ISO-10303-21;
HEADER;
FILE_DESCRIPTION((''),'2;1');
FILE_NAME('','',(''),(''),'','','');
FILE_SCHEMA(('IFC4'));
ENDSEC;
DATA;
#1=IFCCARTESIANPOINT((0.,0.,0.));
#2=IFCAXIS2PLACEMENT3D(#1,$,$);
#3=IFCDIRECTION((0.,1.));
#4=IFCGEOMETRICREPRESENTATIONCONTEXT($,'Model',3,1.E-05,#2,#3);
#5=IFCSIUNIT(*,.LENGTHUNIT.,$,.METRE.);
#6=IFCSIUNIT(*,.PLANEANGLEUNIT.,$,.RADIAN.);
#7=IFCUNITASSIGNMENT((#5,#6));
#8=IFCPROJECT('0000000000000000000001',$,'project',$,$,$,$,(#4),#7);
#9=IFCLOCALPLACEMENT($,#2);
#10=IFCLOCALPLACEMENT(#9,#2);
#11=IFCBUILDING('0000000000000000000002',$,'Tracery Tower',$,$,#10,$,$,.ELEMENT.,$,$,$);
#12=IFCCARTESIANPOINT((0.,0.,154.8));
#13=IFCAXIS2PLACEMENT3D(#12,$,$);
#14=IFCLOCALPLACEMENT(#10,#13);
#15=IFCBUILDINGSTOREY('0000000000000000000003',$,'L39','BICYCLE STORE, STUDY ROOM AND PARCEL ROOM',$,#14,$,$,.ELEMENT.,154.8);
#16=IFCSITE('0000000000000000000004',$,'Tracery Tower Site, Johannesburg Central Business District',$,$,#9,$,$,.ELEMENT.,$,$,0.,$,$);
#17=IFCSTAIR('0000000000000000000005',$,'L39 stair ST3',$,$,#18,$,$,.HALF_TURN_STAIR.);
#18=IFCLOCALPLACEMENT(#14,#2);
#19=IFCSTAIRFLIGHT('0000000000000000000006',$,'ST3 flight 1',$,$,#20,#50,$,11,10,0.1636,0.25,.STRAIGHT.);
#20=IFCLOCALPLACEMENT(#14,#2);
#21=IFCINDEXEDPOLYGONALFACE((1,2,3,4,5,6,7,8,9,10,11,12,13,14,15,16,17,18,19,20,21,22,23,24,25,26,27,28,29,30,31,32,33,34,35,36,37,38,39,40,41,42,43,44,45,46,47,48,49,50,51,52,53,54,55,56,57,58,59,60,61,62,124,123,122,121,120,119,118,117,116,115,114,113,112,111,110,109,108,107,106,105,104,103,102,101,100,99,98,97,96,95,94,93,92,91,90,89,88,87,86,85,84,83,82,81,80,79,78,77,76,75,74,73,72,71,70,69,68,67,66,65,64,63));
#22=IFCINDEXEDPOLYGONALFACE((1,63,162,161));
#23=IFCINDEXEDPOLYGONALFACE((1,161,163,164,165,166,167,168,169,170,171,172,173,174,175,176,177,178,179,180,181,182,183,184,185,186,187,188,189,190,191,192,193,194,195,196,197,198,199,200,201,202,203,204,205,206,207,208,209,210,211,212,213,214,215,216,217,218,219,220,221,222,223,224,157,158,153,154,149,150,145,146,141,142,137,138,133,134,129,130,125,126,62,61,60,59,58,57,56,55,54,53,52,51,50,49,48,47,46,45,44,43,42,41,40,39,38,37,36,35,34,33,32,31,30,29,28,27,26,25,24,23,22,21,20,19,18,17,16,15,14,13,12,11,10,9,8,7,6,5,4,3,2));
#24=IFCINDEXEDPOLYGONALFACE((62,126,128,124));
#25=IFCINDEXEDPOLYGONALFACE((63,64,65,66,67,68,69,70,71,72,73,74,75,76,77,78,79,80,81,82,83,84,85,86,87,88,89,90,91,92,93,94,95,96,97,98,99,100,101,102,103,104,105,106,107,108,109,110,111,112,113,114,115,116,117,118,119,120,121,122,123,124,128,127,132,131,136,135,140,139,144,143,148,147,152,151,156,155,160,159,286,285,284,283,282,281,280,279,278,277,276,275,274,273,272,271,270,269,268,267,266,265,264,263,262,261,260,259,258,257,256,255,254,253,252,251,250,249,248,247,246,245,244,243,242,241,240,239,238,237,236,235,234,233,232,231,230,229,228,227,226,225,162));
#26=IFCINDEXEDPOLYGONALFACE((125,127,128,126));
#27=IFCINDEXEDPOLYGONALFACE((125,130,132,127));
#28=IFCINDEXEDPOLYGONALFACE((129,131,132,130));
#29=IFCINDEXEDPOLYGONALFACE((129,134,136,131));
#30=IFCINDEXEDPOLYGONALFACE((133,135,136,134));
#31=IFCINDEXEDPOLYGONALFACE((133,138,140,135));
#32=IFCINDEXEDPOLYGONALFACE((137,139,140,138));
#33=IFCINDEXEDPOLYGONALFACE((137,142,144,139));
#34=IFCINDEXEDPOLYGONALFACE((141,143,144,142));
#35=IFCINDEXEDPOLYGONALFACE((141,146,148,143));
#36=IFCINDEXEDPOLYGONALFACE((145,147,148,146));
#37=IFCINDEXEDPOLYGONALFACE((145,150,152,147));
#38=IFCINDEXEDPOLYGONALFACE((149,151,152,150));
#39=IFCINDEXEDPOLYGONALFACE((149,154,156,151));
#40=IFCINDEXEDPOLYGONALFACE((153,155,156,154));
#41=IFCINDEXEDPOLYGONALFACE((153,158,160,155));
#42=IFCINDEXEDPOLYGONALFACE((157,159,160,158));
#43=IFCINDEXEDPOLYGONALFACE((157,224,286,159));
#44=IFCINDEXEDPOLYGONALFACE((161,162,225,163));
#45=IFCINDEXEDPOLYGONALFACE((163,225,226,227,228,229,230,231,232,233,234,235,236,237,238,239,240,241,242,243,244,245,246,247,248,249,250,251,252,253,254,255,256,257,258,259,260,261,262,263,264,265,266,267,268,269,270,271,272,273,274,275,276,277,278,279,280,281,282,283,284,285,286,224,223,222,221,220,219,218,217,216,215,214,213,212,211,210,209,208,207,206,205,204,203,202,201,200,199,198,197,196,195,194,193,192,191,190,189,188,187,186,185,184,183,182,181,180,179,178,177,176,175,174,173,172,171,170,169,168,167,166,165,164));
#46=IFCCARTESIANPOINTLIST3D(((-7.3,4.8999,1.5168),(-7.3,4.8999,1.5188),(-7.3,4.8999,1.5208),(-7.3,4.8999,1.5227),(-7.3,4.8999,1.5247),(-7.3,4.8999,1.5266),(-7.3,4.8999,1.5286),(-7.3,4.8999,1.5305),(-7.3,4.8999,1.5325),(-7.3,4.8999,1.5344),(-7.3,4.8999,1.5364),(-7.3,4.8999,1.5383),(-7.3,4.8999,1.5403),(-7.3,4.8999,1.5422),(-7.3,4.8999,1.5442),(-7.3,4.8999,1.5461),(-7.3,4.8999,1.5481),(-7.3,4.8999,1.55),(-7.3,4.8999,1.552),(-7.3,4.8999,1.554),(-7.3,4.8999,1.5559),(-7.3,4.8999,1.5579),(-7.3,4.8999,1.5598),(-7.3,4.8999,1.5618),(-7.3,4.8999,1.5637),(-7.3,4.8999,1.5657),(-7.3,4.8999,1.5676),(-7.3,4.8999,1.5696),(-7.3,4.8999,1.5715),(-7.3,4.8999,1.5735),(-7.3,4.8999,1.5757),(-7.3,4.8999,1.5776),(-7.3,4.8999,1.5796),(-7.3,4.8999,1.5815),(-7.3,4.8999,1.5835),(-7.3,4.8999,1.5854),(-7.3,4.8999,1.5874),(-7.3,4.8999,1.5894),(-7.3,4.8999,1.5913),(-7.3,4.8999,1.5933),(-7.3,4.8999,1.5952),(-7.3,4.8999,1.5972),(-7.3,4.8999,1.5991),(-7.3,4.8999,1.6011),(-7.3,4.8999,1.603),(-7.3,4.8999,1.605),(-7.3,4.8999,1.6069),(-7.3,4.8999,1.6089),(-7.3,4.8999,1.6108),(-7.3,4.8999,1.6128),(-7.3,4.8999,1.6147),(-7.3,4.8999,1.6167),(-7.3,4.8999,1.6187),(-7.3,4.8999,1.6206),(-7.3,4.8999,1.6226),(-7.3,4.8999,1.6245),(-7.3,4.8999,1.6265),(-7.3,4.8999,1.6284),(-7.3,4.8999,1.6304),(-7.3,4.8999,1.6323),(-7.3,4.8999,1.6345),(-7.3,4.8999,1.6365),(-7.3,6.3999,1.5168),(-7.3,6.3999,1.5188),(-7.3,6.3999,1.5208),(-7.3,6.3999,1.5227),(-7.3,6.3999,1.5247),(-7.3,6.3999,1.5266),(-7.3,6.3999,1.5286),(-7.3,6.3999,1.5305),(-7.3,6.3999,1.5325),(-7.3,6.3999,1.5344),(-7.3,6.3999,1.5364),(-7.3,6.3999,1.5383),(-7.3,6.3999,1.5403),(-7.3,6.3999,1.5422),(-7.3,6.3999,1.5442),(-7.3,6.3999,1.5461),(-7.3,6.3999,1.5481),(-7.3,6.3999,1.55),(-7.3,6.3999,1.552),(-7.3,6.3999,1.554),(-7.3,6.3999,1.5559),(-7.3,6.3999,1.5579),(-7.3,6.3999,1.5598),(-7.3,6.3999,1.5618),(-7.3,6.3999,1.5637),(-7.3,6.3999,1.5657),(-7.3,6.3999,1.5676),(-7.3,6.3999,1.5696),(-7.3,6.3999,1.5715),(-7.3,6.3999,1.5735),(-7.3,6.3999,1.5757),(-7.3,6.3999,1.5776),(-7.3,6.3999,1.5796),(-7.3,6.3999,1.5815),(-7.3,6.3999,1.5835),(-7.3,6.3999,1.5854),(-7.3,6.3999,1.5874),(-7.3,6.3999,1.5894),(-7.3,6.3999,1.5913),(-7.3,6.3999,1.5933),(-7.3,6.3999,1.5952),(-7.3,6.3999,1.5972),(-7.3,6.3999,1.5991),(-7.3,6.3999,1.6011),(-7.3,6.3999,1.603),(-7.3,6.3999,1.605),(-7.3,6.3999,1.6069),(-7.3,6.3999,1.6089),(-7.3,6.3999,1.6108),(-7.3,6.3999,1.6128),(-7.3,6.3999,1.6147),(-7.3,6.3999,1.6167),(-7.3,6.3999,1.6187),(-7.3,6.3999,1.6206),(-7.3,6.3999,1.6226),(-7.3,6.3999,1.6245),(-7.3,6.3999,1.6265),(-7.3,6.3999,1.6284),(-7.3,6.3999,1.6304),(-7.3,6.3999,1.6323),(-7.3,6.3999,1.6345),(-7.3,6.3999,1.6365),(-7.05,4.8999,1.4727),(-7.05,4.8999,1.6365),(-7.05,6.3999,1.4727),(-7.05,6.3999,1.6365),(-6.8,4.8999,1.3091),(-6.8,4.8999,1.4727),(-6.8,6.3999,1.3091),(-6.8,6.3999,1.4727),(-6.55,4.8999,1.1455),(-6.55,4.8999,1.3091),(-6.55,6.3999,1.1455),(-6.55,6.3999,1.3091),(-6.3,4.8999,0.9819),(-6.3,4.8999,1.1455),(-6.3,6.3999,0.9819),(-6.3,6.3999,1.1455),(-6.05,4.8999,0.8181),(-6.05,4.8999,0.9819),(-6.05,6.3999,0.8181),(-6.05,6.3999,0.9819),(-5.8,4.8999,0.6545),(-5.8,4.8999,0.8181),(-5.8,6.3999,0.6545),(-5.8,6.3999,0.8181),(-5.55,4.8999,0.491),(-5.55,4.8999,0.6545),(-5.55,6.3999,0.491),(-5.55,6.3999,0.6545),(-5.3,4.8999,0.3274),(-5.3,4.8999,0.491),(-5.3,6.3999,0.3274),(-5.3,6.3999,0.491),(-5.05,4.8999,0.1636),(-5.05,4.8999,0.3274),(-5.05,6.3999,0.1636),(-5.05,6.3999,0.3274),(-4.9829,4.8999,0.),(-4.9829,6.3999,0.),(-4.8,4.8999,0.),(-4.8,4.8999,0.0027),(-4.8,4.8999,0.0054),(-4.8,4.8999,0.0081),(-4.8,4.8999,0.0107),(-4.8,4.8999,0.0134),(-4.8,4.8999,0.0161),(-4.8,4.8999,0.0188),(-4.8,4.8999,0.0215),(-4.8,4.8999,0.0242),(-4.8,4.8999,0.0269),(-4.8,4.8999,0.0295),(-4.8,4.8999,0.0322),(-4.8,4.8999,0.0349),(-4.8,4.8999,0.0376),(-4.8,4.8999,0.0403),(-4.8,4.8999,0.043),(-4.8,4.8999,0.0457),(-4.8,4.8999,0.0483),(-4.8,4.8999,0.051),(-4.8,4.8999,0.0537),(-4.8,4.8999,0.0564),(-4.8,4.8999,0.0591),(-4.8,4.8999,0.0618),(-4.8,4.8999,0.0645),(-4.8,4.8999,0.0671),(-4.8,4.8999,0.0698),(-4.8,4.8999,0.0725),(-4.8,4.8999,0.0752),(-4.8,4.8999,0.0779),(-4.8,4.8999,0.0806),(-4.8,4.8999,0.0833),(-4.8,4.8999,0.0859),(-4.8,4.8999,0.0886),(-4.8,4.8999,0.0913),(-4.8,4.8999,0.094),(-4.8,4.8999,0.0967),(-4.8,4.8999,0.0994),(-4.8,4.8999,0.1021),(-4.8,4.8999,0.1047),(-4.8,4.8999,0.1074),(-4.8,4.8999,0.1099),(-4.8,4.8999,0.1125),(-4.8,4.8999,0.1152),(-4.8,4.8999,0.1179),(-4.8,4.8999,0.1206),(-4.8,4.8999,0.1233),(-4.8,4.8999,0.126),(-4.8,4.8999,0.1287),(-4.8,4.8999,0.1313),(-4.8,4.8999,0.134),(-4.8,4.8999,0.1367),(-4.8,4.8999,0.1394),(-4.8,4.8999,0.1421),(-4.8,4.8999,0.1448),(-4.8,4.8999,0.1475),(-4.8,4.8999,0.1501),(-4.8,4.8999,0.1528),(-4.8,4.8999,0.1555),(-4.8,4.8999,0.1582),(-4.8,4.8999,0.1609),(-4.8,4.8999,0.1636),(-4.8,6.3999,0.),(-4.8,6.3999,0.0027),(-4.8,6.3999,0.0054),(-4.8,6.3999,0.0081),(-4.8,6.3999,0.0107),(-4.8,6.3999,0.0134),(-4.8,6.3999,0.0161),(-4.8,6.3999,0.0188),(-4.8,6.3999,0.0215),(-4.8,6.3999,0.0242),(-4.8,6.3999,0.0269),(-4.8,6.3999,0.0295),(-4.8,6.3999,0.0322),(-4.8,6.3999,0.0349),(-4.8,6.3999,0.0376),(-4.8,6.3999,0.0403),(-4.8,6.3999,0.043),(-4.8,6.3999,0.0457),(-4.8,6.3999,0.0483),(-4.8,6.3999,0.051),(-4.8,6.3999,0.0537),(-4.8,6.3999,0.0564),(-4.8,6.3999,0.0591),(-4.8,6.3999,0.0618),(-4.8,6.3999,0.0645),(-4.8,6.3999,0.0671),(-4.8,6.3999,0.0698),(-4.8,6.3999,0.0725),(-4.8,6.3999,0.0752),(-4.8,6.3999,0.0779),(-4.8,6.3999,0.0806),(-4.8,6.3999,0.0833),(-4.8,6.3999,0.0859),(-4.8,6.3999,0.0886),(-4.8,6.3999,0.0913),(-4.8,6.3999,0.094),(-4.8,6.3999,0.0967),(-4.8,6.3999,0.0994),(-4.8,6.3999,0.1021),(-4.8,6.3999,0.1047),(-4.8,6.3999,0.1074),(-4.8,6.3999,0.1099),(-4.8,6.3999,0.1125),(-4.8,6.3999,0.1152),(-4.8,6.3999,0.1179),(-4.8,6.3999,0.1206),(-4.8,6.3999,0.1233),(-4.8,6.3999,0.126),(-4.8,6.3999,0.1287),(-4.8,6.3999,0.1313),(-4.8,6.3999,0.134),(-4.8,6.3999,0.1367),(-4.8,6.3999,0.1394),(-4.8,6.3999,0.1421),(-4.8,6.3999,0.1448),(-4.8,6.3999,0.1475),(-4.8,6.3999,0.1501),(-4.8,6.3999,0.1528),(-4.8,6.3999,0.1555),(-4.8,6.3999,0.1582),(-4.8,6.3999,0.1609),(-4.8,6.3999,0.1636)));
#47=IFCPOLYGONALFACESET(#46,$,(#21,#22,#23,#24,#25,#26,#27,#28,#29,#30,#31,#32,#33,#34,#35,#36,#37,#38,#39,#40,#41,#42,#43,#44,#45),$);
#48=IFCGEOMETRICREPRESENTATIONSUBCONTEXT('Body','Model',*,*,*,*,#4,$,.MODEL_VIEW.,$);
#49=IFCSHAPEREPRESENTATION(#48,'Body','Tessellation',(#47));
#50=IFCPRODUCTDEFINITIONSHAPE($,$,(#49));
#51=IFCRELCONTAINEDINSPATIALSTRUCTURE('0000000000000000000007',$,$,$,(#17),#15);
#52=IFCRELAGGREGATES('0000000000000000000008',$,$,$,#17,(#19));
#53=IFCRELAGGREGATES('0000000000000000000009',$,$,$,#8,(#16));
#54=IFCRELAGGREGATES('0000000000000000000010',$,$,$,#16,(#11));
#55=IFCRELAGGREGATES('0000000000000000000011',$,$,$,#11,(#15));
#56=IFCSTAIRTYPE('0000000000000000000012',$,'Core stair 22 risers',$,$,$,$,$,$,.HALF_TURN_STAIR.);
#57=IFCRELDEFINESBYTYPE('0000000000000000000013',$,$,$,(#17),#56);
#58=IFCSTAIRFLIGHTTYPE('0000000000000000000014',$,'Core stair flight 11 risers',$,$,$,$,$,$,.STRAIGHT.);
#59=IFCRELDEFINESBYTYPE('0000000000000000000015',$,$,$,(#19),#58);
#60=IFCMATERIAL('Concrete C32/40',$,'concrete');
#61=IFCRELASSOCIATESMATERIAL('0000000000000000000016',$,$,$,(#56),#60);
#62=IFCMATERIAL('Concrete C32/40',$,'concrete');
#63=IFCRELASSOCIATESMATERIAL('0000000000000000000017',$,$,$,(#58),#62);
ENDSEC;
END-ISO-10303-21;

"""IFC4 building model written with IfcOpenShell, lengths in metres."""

from ifc_helpers import new_model, si_unit, direction, frame, origin, place, context, subcontext, project, spatial, polyline, outline, extrude, material, type_object, element, aggregate, save


model = new_model("IFC4")

# Units and contexts
model_context = context("Model", 3, precision=1e-05, world=origin(), true_north=direction((0.0, 1.0)))
body_context = subcontext(model_context, "Body", "Model", "MODEL_VIEW")
ifc_project = project(units=[si_unit("LENGTHUNIT", "METRE"), si_unit("PLANEANGLEUNIT", "RADIAN")], contexts=[model_context])

# Site, building, storey
site_placement = place(None, origin())
site = spatial("IfcSite", under=ifc_project, at=site_placement, Name="Tracery Tower Site, Johannesburg Central Business District", CompositionType="ELEMENT", RefElevation=0.0)
building_placement = place(site_placement, origin())
building = spatial("IfcBuilding", under=site, at=building_placement, Name="Tracery Tower", CompositionType="ELEMENT")
storey_placement = place(building_placement, frame((0.0, 0.0, 154.8)))
storey = spatial("IfcBuildingStorey", under=building, at=storey_placement, Name="L39", Description="BICYCLE STORE, STUDY ROOM AND PARCEL ROOM", CompositionType="ELEMENT", Elevation=154.8)

# Stair, stair flight
ifc_material_1 = material(Name="Concrete C32/40", Category="concrete")
stair_type = type_object("IfcStairType", Name="Core stair 22 risers", PredefinedType="HALF_TURN_STAIR", material=ifc_material_1)
stair_placement = place(storey_placement, origin())
stair = element("IfcStair", 1, at=stair_placement, inside=storey, type_object=stair_type, Name="L39 stair ST3", PredefinedType="HALF_TURN_STAIR")
ifc_material_2 = material(Name="Concrete C32/40", Category="concrete")
stair_flight_type = type_object("IfcStairFlightType", Name="Core stair flight 11 risers", PredefinedType="STRAIGHT", material=ifc_material_2)
stair_flight_1_placement = place(storey_placement, frame((-4.8, 5.6499, 0.0), z_axis=(0.0, 0.0, 1.0), x_axis=(-1.0, 0.0, 0.0)))
stair_flight_1 = element("IfcStairFlight", 2, at=stair_flight_1_placement, type_object=stair_flight_type, Name="ST3 flight 1", NumberOfRisers=11, NumberOfTreads=10, PredefinedType="STRAIGHT", RiserHeight=0.1636, TreadLength=0.25, context=body_context, shape_type="SweptSolid", body=[
    extrude(outline(polyline([(0.0, 0.0), (0.0, 0.0027), (0.0, 0.0054), (0.0, 0.0081), (0.0, 0.0107), (0.0, 0.0134), (0.0, 0.0161), (0.0, 0.0188), (0.0, 0.0215), (0.0, 0.0242), (0.0, 0.0269), (0.0, 0.0295), (0.0, 0.0322), (0.0, 0.0349), (0.0, 0.0376), (0.0, 0.0403), (0.0, 0.043), (0.0, 0.0457), (0.0, 0.0483), (0.0, 0.051), (0.0, 0.0537), (0.0, 0.0564), (0.0, 0.0591), (0.0, 0.0618), (0.0, 0.0645), (0.0, 0.0671), (0.0, 0.0698), (0.0, 0.0725), (0.0, 0.0752), (0.0, 0.0779), (0.0, 0.0806), (0.0, 0.0833), (0.0, 0.0859), (0.0, 0.0886), (0.0, 0.0913), (0.0, 0.094), (0.0, 0.0967), (0.0, 0.0994), (0.0, 0.1021), (0.0, 0.1047), (0.0, 0.1074), (0.0, 0.1099), (0.0, 0.1125), (0.0, 0.1152), (0.0, 0.1179), (0.0, 0.1206), (0.0, 0.1233), (0.0, 0.126), (0.0, 0.1287), (0.0, 0.1313), (0.0, 0.134), (0.0, 0.1367), (0.0, 0.1394), (0.0, 0.1421), (0.0, 0.1448), (0.0, 0.1475), (0.0, 0.1501), (0.0, 0.1528), (0.0, 0.1555), (0.0, 0.1582), (0.0, 0.1609), (0.0, 0.1636), (0.25, 0.1636), (0.25, 0.3274), (0.5, 0.3274), (0.5, 0.491), (0.75, 0.491), (0.75, 0.6545), (1.0, 0.6545), (1.0, 0.8181), (1.25, 0.8181), (1.25, 0.9819), (1.5, 0.9819), (1.5, 1.1455), (1.75, 1.1455), (1.75, 1.3091), (2.0, 1.3091), (2.0, 1.4727), (2.25, 1.4727), (2.25, 1.6365), (2.5, 1.6365), (2.5, 1.6345), (2.5, 1.6323), (2.5, 1.6304), (2.5, 1.6284), (2.5, 1.6265), (2.5, 1.6245), (2.5, 1.6226), (2.5, 1.6206), (2.5, 1.6187), (2.5, 1.6167), (2.5, 1.6147), (2.5, 1.6128), (2.5, 1.6108), (2.5, 1.6089), (2.5, 1.6069), (2.5, 1.605), (2.5, 1.603), (2.5, 1.6011), (2.5, 1.5991), (2.5, 1.5972), (2.5, 1.5952), (2.5, 1.5933), (2.5, 1.5913), (2.5, 1.5894), (2.5, 1.5874), (2.5, 1.5854), (2.5, 1.5835), (2.5, 1.5815), (2.5, 1.5796), (2.5, 1.5776), (2.5, 1.5757), (2.5, 1.5735), (2.5, 1.5715), (2.5, 1.5696), (2.5, 1.5676), (2.5, 1.5657), (2.5, 1.5637), (2.5, 1.5618), (2.5, 1.5598), (2.5, 1.5579), (2.5, 1.5559), (2.5, 1.554), (2.5, 1.552), (2.5, 1.55), (2.5, 1.5481), (2.5, 1.5461), (2.5, 1.5442), (2.5, 1.5422), (2.5, 1.5403), (2.5, 1.5383), (2.5, 1.5364), (2.5, 1.5344), (2.5, 1.5325), (2.5, 1.5305), (2.5, 1.5286), (2.5, 1.5266), (2.5, 1.5247), (2.5, 1.5227), (2.5, 1.5208), (2.5, 1.5188), (2.5, 1.5168), (0.1829, 0.0), (0.0, 0.0)])), frame((0.0, 0.75, 0.0), z_axis=(0.0, -1.0, 0.0), x_axis=(1.0, 0.0, 0.0)), (0.0, 0.0, 1.0), 1.5),
])
aggregate(stair, [stair_flight_1])

save(model, "model.ifc")
